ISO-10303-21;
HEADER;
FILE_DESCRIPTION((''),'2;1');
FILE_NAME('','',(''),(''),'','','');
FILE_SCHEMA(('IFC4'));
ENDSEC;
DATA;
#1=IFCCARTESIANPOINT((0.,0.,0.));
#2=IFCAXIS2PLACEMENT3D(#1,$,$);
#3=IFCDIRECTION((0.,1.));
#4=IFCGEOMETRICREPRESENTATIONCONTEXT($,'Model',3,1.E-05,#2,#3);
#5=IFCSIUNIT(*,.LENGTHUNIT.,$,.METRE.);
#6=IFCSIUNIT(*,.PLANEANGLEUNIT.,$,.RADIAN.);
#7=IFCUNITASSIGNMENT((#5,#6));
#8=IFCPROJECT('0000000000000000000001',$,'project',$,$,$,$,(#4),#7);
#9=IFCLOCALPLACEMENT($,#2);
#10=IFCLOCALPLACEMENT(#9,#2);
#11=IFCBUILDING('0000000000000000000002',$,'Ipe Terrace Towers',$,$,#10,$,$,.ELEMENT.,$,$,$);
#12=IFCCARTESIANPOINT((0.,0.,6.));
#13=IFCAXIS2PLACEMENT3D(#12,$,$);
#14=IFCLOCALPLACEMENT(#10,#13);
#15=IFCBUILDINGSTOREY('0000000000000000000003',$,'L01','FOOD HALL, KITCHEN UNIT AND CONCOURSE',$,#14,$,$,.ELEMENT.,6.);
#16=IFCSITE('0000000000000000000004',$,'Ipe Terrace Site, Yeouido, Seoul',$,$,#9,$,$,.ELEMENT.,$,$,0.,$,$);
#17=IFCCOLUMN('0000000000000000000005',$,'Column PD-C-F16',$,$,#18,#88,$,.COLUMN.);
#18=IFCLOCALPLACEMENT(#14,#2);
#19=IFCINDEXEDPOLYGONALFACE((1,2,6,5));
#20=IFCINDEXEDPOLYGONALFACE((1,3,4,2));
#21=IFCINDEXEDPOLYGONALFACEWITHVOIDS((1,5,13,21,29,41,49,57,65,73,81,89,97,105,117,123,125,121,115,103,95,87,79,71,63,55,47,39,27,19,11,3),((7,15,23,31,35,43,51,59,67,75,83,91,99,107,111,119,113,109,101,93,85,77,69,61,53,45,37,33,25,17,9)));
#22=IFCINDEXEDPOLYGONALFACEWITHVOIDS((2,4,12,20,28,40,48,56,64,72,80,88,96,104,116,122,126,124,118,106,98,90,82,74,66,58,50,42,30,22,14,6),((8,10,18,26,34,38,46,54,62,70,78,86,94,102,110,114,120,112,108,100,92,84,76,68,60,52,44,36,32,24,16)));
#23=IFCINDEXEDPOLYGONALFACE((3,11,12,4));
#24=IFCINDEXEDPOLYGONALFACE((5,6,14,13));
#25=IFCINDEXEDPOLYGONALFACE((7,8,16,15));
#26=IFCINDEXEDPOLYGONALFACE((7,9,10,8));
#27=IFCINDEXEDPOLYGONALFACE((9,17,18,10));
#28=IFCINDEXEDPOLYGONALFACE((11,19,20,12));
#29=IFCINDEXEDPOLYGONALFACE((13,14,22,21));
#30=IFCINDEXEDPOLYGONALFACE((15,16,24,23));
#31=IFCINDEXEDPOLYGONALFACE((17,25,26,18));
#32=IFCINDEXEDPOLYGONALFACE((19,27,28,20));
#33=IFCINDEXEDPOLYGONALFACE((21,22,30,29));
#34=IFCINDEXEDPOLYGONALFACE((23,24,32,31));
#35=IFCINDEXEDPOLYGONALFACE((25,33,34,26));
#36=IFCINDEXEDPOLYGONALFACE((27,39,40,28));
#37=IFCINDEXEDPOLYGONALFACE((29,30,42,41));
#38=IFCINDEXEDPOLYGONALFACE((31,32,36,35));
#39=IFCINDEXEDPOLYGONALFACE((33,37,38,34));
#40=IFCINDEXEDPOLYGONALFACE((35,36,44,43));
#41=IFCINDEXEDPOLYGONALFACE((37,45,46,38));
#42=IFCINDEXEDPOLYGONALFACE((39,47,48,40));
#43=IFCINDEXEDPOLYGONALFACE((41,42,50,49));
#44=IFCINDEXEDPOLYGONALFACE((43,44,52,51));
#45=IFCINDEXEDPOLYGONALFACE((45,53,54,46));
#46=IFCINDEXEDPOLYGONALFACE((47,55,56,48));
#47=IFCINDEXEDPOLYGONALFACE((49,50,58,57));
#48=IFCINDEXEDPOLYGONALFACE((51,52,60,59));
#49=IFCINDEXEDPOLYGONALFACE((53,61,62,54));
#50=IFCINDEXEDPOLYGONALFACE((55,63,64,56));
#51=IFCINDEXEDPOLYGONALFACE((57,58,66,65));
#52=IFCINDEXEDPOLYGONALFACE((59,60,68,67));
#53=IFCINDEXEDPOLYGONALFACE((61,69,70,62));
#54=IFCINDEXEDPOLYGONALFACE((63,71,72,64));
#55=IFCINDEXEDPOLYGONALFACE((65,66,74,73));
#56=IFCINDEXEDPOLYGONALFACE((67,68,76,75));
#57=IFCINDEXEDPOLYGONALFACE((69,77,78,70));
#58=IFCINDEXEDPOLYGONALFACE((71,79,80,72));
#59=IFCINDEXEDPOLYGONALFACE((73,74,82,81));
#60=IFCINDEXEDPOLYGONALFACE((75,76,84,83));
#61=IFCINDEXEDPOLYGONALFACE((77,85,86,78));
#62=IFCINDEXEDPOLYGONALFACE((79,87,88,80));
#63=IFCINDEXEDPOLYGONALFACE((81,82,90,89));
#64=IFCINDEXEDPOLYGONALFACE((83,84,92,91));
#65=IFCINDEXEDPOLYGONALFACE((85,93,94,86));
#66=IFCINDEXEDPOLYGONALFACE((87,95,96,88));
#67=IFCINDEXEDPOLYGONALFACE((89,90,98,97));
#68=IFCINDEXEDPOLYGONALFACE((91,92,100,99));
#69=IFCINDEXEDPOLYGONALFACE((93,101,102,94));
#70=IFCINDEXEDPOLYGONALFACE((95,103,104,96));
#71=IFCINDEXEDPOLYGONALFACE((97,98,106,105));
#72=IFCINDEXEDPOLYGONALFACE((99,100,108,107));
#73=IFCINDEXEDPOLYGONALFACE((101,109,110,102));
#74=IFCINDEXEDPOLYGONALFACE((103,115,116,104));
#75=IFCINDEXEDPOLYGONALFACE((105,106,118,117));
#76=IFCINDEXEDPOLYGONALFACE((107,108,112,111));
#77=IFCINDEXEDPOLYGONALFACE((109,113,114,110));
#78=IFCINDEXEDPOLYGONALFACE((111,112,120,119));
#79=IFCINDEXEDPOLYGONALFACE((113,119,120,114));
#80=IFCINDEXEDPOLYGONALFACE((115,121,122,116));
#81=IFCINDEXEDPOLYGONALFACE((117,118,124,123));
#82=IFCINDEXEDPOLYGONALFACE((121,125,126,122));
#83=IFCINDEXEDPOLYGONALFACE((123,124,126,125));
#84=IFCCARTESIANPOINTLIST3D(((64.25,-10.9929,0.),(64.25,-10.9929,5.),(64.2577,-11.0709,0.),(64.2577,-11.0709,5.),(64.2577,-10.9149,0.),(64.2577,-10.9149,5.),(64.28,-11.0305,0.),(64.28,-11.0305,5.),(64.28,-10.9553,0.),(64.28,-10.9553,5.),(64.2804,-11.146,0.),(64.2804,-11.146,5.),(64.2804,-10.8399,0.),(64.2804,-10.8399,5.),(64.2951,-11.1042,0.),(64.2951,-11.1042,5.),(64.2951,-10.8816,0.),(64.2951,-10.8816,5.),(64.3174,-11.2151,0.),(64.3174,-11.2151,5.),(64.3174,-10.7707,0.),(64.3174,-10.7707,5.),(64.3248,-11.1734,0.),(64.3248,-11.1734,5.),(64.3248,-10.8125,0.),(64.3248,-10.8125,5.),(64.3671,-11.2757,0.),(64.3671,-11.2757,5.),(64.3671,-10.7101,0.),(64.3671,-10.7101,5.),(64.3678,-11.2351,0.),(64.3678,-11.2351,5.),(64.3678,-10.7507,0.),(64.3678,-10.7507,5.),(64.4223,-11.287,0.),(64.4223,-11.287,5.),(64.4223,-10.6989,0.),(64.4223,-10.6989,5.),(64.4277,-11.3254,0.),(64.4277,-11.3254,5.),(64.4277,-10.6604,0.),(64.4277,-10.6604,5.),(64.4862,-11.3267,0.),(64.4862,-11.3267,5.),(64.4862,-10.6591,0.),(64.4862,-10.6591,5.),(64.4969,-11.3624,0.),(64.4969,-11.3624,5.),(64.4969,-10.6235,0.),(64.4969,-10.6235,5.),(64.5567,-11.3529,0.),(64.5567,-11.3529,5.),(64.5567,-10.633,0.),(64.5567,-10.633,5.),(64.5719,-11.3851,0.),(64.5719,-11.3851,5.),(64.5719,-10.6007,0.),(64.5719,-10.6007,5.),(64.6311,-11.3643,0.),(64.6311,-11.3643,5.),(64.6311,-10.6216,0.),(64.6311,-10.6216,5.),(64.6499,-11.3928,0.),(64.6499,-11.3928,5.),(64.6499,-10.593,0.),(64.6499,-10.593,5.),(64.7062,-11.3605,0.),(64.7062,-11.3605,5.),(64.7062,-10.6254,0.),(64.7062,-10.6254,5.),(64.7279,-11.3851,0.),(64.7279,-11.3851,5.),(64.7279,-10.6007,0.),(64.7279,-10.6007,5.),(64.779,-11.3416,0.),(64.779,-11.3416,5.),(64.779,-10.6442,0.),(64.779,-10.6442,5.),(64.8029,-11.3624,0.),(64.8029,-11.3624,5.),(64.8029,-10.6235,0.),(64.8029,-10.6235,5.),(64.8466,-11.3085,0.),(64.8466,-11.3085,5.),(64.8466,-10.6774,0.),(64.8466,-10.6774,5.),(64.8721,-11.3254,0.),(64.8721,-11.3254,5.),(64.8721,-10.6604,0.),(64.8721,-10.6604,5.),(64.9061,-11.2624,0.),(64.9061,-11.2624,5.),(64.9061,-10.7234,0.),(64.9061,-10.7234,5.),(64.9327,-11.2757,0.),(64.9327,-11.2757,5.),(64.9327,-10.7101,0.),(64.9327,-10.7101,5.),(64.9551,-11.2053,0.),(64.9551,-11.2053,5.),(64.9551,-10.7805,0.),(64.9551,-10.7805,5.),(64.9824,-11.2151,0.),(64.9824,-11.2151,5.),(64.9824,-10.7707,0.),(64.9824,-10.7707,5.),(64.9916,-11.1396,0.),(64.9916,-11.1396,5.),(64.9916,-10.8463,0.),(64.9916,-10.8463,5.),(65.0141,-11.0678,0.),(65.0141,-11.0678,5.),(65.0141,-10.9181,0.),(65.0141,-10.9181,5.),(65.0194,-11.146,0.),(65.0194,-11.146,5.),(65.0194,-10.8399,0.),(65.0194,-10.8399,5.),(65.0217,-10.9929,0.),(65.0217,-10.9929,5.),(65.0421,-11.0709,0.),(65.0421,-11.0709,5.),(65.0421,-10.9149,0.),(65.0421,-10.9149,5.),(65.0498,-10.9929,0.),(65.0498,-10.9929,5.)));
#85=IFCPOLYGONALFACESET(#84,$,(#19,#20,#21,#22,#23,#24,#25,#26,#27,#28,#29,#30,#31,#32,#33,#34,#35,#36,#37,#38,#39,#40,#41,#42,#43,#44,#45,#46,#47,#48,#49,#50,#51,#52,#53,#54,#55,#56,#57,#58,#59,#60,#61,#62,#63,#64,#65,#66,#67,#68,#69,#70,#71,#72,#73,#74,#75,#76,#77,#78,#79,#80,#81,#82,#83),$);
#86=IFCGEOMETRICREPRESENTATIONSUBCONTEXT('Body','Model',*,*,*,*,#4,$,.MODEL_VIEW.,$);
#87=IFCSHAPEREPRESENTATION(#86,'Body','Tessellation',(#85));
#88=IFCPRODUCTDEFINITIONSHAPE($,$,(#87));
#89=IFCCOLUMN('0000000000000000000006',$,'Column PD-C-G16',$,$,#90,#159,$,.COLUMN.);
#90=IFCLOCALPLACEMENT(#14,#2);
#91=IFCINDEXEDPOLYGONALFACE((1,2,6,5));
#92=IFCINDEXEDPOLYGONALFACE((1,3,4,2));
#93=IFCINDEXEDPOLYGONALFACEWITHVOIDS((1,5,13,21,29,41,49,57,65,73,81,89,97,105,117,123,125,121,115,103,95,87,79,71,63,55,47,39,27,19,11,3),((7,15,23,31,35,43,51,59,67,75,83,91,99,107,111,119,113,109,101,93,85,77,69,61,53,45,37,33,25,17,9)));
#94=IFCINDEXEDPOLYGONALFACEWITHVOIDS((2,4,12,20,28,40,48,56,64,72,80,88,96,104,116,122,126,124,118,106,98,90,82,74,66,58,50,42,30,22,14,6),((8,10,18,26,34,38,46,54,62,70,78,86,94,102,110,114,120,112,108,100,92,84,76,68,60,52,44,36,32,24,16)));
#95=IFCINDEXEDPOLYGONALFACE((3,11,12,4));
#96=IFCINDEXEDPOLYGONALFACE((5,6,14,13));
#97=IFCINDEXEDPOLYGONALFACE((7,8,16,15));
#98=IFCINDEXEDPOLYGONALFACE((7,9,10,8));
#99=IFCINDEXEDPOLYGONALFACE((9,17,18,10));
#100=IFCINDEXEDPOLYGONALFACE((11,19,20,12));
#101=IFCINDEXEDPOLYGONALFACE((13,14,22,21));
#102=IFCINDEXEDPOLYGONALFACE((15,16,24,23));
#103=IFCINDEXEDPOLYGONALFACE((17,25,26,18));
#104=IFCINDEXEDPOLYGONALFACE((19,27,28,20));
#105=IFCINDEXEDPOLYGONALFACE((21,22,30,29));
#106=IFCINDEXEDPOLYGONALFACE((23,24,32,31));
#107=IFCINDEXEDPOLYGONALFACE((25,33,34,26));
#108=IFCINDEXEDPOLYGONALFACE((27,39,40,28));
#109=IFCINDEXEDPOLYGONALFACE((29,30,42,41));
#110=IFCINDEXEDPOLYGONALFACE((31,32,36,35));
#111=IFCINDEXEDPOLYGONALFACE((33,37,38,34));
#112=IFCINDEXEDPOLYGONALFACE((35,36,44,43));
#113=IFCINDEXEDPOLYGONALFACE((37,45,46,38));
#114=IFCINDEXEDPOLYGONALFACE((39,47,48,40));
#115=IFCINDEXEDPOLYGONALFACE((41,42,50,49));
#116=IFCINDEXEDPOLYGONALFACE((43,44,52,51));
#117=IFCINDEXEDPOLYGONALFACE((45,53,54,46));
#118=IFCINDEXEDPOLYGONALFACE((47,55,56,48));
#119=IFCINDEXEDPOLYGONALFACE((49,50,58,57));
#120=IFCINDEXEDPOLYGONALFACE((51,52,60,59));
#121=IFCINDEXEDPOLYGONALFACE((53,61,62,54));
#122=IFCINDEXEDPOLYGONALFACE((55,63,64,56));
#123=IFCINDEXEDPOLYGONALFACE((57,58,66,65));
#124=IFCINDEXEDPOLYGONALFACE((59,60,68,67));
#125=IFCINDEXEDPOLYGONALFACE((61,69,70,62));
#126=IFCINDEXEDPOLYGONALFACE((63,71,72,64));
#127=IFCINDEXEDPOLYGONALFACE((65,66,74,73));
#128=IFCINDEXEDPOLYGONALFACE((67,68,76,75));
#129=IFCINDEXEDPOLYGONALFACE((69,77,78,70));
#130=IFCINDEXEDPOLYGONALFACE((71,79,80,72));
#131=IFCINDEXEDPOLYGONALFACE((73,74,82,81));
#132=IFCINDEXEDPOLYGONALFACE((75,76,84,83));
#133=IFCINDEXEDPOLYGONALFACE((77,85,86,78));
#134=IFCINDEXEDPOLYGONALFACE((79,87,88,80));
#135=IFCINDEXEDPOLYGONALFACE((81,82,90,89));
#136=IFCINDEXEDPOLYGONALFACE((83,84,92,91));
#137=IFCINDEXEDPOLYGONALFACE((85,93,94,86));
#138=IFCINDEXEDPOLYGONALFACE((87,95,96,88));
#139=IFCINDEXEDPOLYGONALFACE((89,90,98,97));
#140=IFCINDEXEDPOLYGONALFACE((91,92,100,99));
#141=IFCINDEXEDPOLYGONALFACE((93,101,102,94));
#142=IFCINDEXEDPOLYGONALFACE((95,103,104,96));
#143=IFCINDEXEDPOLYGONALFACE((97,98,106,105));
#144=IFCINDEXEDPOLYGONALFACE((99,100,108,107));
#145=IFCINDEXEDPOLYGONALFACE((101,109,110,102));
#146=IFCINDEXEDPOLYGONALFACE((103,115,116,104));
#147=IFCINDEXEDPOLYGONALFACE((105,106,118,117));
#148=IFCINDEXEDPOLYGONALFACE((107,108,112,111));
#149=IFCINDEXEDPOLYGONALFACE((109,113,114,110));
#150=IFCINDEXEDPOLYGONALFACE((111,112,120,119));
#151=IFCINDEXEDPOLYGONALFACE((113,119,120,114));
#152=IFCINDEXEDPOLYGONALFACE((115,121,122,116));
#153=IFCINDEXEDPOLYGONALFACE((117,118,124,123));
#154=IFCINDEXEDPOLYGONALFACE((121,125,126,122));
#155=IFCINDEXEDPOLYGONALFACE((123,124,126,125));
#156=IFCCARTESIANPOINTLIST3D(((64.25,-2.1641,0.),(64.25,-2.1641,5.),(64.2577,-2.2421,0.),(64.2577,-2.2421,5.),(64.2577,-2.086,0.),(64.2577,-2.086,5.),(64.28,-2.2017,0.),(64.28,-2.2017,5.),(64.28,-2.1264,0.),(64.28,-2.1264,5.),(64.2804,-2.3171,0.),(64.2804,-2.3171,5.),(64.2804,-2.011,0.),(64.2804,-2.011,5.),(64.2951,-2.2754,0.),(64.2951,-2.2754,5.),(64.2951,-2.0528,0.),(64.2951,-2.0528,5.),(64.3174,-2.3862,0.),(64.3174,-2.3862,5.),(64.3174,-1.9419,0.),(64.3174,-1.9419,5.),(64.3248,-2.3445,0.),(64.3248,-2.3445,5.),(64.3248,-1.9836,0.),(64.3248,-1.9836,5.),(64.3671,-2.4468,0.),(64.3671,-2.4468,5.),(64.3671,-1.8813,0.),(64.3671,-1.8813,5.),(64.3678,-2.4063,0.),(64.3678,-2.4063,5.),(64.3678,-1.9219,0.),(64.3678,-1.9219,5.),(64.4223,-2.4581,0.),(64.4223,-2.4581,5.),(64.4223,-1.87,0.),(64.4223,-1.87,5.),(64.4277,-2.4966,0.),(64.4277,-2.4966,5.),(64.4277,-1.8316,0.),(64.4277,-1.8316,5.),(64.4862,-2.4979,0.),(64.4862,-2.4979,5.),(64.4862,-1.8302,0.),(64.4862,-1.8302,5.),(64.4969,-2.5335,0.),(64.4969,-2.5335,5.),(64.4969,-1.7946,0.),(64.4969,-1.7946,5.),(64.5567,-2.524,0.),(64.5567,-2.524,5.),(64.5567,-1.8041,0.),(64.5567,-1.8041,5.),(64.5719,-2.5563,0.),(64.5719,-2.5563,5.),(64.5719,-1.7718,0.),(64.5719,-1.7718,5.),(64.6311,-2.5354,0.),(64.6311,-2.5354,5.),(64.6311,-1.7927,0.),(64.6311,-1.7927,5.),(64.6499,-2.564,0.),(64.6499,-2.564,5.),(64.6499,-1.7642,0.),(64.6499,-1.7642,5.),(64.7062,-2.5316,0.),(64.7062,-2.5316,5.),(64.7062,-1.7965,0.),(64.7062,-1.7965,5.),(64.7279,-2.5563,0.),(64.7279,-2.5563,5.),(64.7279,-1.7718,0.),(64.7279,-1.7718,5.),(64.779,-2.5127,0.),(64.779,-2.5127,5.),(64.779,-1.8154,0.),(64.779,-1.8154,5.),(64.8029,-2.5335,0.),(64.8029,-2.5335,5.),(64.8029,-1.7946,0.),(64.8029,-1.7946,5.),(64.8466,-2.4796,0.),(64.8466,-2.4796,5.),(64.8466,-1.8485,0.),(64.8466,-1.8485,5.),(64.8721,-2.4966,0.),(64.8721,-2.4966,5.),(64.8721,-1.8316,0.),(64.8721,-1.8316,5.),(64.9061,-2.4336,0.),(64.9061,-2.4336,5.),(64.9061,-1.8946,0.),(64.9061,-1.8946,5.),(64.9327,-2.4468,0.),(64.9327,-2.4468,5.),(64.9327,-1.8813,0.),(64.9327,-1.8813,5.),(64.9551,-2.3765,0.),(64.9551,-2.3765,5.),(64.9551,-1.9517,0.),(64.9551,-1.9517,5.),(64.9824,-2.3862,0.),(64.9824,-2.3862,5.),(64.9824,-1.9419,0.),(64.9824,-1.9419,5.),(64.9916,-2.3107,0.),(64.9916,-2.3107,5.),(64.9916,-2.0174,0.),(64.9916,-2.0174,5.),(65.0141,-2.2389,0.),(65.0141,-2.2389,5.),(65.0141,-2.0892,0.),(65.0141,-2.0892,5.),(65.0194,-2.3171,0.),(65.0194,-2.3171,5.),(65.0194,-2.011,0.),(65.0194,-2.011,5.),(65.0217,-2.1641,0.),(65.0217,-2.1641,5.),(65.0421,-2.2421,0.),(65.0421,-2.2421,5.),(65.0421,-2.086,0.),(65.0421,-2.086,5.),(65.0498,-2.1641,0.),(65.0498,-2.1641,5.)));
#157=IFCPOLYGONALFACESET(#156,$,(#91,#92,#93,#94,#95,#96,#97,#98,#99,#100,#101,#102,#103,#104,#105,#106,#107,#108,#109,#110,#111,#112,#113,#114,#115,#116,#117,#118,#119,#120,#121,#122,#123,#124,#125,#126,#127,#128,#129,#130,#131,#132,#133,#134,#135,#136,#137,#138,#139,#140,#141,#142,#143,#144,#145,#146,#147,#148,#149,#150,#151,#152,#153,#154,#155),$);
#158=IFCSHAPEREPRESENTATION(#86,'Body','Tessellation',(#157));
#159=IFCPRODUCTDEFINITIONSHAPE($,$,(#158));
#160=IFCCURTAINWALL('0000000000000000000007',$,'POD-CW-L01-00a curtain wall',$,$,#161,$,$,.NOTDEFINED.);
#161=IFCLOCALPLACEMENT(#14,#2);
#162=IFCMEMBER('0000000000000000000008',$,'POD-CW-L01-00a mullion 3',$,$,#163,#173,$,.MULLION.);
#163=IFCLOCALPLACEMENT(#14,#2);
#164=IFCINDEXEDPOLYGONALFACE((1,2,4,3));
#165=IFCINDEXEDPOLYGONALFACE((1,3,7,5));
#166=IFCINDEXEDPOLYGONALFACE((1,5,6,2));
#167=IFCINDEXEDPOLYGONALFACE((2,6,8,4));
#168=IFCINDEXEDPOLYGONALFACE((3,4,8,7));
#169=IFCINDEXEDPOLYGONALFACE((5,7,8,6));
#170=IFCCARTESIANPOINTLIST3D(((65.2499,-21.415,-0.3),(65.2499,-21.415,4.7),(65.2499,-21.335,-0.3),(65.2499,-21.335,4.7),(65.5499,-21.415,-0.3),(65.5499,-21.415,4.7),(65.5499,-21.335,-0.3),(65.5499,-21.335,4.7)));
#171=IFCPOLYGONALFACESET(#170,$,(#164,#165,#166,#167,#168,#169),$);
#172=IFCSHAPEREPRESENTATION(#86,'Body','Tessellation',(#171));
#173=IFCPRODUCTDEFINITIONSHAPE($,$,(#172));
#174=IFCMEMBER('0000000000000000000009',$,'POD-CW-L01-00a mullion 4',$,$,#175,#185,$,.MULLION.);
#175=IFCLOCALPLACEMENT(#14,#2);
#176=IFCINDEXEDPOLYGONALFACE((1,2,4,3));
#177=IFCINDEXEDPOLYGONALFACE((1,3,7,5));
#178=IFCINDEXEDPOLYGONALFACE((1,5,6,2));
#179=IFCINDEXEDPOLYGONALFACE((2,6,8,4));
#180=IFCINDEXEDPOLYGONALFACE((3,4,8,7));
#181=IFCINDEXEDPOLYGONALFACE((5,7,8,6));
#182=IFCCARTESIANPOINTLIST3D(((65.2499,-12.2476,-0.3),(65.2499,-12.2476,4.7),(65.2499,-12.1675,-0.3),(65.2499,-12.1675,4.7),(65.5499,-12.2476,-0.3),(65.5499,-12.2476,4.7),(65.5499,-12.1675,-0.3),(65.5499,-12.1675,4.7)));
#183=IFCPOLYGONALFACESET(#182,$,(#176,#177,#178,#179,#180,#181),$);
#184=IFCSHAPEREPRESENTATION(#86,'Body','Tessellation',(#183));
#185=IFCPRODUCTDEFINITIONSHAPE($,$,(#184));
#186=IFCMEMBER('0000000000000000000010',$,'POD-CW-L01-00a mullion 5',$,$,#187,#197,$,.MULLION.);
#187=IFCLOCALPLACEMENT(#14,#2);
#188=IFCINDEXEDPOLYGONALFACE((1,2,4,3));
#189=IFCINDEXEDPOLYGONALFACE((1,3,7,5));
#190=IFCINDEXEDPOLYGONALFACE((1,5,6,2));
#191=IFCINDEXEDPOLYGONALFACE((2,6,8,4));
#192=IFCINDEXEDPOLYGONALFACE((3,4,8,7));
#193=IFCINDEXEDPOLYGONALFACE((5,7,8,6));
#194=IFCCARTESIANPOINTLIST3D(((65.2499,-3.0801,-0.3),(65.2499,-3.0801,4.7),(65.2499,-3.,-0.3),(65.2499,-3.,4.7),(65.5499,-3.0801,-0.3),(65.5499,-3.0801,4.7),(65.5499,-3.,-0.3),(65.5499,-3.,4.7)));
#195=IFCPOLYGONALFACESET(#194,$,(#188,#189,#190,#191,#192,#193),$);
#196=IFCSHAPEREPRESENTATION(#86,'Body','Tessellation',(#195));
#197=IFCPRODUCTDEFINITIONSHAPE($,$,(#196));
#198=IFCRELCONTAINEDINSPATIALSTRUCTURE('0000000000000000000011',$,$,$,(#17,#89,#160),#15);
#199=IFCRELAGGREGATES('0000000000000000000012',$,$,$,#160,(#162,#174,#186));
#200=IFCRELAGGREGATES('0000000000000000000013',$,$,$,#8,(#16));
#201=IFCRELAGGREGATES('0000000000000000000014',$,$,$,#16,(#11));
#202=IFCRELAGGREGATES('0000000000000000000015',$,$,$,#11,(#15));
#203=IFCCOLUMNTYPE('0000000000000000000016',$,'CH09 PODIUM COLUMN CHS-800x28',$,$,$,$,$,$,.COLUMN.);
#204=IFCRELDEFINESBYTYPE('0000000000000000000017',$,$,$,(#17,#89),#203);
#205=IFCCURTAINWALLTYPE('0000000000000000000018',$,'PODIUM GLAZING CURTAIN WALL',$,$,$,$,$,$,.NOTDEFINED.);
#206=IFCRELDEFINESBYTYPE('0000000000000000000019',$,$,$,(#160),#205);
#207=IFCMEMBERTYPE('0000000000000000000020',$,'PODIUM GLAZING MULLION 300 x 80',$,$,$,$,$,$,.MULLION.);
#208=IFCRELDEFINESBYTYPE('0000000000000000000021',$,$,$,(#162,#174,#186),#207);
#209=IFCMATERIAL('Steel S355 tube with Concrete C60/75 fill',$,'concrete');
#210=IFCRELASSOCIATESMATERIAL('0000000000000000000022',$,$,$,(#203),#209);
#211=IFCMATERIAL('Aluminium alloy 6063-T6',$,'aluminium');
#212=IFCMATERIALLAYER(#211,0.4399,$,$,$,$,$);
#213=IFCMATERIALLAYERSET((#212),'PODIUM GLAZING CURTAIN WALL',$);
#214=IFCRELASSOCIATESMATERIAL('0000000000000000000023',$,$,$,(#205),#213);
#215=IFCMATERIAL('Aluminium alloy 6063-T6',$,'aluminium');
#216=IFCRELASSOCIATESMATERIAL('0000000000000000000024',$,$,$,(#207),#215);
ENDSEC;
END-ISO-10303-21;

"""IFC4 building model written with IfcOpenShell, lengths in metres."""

from ifc_helpers import new_model, si_unit, direction, frame, origin, origin_2d, place, context, subcontext, project, spatial, rectangle, hollow_circle, extrude, material, layer, layer_set, material_profile, profile_set, type_object, element, aggregate, save


model = new_model("IFC4")

# Units and contexts
model_context = context("Model", 3, precision=1e-05, world=origin(), true_north=direction((0.0, 1.0)))
body_context = subcontext(model_context, "Body", "Model", "MODEL_VIEW")
ifc_project = project(units=[si_unit("LENGTHUNIT", "METRE"), si_unit("PLANEANGLEUNIT", "RADIAN")], contexts=[model_context])

# Site, building, storey
site_placement = place(None, origin())
site = spatial("IfcSite", under=ifc_project, at=site_placement, Name="Ipe Terrace Site, Yeouido, Seoul", CompositionType="ELEMENT", RefElevation=0.0)
building_placement = place(site_placement, origin())
building = spatial("IfcBuilding", under=site, at=building_placement, Name="Ipe Terrace Towers", CompositionType="ELEMENT")
storey_placement = place(building_placement, frame((0.0, 0.0, 6.0)))
storey = spatial("IfcBuildingStorey", under=building, at=storey_placement, Name="L01", Description="FOOD HALL, KITCHEN UNIT AND CONCOURSE", CompositionType="ELEMENT", Elevation=6.0)

# Columns
ifc_material_1 = material(Name="Steel S355 tube with Concrete C60/75 fill", Category="concrete")
ifc_material_profile_1 = material_profile(ifc_material_1, hollow_circle(Radius=0.3999, WallThickness=0.0281, at=origin_2d()), Name="CHS-800x28")
ifc_profile_set_1 = profile_set([ifc_material_profile_1], Name="Steel S355 tube with Concrete C60/75 fill")
column_type_1 = type_object("IfcColumnType", Name="CH09 PODIUM COLUMN CHS-800x28", PredefinedType="COLUMN", material=ifc_profile_set_1)
for number, where, z_axis, x_axis, name in (
    (1, (64.6499, -10.9929, 0.0), (0.0, 0.0, 1.0), (1.0, 0.0, 0.0), "Column PD-C-F16"),
    (2, (64.6499, -2.1641, 0.0), (0.0, 0.0, 1.0), (1.0, 0.0, 0.0), "Column PD-C-G16"),
):
    element("IfcColumn", number, at=place(storey_placement, frame(where, z_axis=z_axis, x_axis=x_axis)), inside=storey, type_object=column_type_1, Name=name, PredefinedType="COLUMN", context=body_context, shape_type="SweptSolid", body=[
        extrude(hollow_circle(Radius=0.3999, WallThickness=0.0281, at=origin_2d()), origin(), (0.0, 0.0, 1.0), 5.0),
    ])

# Curtain wall, members
ifc_material_2 = material(Name="Aluminium alloy 6063-T6", Category="aluminium")
ifc_layer_1 = layer(ifc_material_2, 0.4399)
ifc_layer_set_1 = layer_set([ifc_layer_1], Name="PODIUM GLAZING CURTAIN WALL")
curtain_wall_type = type_object("IfcCurtainWallType", Name="PODIUM GLAZING CURTAIN WALL", PredefinedType="NOTDEFINED", material=ifc_layer_set_1)
curtain_wall_1_placement = place(storey_placement, origin())
curtain_wall_1 = element("IfcCurtainWall", 3, at=curtain_wall_1_placement, inside=storey, type_object=curtain_wall_type, Name="POD-CW-L01-00a curtain wall", PredefinedType="NOTDEFINED")
ifc_material_3 = material(Name="Aluminium alloy 6063-T6", Category="aluminium")
ifc_material_profile_2 = material_profile(ifc_material_3, rectangle(XDim=0.3, YDim=0.0801, at=origin_2d()), Name="PODIUM GLAZING MULLION 300 x 80")
ifc_profile_set_2 = profile_set([ifc_material_profile_2], Name="Aluminium alloy 6063-T6")
member_type_1 = type_object("IfcMemberType", Name="PODIUM GLAZING MULLION 300 x 80", PredefinedType="MULLION", material=ifc_profile_set_2)
member_1_placement = place(storey_placement, frame((65.3999, -21.375, -0.3), z_axis=(0.0, 0.0, 1.0), x_axis=(1.0, 0.0, 0.0)))
member_1 = element("IfcMember", 4, at=member_1_placement, type_object=member_type_1, Name="POD-CW-L01-00a mullion 3", PredefinedType="MULLION", context=body_context, shape_type="SweptSolid", body=[
    extrude(rectangle(XDim=0.3, YDim=0.0801, at=origin_2d()), origin(), (0.0, 0.0, 1.0), 5.0),
])
member_2_placement = place(storey_placement, frame((65.3999, -12.2075, -0.3), z_axis=(0.0, 0.0, 1.0), x_axis=(1.0, 0.0, 0.0)))
member_2 = element("IfcMember", 5, at=member_2_placement, type_object=member_type_1, Name="POD-CW-L01-00a mullion 4", PredefinedType="MULLION", context=body_context, shape_type="SweptSolid", body=[
    extrude(rectangle(XDim=0.3, YDim=0.0801, at=origin_2d()), origin(), (0.0, 0.0, 1.0), 5.0),
])
member_3_placement = place(storey_placement, frame((65.3999, -3.04, -0.3), z_axis=(0.0, 0.0, 1.0), x_axis=(1.0, 0.0, 0.0)))
member_3 = element("IfcMember", 6, at=member_3_placement, type_object=member_type_1, Name="POD-CW-L01-00a mullion 5", PredefinedType="MULLION", context=body_context, shape_type="SweptSolid", body=[
    extrude(rectangle(XDim=0.3, YDim=0.0801, at=origin_2d()), origin(), (0.0, 0.0, 1.0), 5.0),
])

aggregate(curtain_wall_1, [member_1, member_2, member_3])

save(model, "model.ifc")
